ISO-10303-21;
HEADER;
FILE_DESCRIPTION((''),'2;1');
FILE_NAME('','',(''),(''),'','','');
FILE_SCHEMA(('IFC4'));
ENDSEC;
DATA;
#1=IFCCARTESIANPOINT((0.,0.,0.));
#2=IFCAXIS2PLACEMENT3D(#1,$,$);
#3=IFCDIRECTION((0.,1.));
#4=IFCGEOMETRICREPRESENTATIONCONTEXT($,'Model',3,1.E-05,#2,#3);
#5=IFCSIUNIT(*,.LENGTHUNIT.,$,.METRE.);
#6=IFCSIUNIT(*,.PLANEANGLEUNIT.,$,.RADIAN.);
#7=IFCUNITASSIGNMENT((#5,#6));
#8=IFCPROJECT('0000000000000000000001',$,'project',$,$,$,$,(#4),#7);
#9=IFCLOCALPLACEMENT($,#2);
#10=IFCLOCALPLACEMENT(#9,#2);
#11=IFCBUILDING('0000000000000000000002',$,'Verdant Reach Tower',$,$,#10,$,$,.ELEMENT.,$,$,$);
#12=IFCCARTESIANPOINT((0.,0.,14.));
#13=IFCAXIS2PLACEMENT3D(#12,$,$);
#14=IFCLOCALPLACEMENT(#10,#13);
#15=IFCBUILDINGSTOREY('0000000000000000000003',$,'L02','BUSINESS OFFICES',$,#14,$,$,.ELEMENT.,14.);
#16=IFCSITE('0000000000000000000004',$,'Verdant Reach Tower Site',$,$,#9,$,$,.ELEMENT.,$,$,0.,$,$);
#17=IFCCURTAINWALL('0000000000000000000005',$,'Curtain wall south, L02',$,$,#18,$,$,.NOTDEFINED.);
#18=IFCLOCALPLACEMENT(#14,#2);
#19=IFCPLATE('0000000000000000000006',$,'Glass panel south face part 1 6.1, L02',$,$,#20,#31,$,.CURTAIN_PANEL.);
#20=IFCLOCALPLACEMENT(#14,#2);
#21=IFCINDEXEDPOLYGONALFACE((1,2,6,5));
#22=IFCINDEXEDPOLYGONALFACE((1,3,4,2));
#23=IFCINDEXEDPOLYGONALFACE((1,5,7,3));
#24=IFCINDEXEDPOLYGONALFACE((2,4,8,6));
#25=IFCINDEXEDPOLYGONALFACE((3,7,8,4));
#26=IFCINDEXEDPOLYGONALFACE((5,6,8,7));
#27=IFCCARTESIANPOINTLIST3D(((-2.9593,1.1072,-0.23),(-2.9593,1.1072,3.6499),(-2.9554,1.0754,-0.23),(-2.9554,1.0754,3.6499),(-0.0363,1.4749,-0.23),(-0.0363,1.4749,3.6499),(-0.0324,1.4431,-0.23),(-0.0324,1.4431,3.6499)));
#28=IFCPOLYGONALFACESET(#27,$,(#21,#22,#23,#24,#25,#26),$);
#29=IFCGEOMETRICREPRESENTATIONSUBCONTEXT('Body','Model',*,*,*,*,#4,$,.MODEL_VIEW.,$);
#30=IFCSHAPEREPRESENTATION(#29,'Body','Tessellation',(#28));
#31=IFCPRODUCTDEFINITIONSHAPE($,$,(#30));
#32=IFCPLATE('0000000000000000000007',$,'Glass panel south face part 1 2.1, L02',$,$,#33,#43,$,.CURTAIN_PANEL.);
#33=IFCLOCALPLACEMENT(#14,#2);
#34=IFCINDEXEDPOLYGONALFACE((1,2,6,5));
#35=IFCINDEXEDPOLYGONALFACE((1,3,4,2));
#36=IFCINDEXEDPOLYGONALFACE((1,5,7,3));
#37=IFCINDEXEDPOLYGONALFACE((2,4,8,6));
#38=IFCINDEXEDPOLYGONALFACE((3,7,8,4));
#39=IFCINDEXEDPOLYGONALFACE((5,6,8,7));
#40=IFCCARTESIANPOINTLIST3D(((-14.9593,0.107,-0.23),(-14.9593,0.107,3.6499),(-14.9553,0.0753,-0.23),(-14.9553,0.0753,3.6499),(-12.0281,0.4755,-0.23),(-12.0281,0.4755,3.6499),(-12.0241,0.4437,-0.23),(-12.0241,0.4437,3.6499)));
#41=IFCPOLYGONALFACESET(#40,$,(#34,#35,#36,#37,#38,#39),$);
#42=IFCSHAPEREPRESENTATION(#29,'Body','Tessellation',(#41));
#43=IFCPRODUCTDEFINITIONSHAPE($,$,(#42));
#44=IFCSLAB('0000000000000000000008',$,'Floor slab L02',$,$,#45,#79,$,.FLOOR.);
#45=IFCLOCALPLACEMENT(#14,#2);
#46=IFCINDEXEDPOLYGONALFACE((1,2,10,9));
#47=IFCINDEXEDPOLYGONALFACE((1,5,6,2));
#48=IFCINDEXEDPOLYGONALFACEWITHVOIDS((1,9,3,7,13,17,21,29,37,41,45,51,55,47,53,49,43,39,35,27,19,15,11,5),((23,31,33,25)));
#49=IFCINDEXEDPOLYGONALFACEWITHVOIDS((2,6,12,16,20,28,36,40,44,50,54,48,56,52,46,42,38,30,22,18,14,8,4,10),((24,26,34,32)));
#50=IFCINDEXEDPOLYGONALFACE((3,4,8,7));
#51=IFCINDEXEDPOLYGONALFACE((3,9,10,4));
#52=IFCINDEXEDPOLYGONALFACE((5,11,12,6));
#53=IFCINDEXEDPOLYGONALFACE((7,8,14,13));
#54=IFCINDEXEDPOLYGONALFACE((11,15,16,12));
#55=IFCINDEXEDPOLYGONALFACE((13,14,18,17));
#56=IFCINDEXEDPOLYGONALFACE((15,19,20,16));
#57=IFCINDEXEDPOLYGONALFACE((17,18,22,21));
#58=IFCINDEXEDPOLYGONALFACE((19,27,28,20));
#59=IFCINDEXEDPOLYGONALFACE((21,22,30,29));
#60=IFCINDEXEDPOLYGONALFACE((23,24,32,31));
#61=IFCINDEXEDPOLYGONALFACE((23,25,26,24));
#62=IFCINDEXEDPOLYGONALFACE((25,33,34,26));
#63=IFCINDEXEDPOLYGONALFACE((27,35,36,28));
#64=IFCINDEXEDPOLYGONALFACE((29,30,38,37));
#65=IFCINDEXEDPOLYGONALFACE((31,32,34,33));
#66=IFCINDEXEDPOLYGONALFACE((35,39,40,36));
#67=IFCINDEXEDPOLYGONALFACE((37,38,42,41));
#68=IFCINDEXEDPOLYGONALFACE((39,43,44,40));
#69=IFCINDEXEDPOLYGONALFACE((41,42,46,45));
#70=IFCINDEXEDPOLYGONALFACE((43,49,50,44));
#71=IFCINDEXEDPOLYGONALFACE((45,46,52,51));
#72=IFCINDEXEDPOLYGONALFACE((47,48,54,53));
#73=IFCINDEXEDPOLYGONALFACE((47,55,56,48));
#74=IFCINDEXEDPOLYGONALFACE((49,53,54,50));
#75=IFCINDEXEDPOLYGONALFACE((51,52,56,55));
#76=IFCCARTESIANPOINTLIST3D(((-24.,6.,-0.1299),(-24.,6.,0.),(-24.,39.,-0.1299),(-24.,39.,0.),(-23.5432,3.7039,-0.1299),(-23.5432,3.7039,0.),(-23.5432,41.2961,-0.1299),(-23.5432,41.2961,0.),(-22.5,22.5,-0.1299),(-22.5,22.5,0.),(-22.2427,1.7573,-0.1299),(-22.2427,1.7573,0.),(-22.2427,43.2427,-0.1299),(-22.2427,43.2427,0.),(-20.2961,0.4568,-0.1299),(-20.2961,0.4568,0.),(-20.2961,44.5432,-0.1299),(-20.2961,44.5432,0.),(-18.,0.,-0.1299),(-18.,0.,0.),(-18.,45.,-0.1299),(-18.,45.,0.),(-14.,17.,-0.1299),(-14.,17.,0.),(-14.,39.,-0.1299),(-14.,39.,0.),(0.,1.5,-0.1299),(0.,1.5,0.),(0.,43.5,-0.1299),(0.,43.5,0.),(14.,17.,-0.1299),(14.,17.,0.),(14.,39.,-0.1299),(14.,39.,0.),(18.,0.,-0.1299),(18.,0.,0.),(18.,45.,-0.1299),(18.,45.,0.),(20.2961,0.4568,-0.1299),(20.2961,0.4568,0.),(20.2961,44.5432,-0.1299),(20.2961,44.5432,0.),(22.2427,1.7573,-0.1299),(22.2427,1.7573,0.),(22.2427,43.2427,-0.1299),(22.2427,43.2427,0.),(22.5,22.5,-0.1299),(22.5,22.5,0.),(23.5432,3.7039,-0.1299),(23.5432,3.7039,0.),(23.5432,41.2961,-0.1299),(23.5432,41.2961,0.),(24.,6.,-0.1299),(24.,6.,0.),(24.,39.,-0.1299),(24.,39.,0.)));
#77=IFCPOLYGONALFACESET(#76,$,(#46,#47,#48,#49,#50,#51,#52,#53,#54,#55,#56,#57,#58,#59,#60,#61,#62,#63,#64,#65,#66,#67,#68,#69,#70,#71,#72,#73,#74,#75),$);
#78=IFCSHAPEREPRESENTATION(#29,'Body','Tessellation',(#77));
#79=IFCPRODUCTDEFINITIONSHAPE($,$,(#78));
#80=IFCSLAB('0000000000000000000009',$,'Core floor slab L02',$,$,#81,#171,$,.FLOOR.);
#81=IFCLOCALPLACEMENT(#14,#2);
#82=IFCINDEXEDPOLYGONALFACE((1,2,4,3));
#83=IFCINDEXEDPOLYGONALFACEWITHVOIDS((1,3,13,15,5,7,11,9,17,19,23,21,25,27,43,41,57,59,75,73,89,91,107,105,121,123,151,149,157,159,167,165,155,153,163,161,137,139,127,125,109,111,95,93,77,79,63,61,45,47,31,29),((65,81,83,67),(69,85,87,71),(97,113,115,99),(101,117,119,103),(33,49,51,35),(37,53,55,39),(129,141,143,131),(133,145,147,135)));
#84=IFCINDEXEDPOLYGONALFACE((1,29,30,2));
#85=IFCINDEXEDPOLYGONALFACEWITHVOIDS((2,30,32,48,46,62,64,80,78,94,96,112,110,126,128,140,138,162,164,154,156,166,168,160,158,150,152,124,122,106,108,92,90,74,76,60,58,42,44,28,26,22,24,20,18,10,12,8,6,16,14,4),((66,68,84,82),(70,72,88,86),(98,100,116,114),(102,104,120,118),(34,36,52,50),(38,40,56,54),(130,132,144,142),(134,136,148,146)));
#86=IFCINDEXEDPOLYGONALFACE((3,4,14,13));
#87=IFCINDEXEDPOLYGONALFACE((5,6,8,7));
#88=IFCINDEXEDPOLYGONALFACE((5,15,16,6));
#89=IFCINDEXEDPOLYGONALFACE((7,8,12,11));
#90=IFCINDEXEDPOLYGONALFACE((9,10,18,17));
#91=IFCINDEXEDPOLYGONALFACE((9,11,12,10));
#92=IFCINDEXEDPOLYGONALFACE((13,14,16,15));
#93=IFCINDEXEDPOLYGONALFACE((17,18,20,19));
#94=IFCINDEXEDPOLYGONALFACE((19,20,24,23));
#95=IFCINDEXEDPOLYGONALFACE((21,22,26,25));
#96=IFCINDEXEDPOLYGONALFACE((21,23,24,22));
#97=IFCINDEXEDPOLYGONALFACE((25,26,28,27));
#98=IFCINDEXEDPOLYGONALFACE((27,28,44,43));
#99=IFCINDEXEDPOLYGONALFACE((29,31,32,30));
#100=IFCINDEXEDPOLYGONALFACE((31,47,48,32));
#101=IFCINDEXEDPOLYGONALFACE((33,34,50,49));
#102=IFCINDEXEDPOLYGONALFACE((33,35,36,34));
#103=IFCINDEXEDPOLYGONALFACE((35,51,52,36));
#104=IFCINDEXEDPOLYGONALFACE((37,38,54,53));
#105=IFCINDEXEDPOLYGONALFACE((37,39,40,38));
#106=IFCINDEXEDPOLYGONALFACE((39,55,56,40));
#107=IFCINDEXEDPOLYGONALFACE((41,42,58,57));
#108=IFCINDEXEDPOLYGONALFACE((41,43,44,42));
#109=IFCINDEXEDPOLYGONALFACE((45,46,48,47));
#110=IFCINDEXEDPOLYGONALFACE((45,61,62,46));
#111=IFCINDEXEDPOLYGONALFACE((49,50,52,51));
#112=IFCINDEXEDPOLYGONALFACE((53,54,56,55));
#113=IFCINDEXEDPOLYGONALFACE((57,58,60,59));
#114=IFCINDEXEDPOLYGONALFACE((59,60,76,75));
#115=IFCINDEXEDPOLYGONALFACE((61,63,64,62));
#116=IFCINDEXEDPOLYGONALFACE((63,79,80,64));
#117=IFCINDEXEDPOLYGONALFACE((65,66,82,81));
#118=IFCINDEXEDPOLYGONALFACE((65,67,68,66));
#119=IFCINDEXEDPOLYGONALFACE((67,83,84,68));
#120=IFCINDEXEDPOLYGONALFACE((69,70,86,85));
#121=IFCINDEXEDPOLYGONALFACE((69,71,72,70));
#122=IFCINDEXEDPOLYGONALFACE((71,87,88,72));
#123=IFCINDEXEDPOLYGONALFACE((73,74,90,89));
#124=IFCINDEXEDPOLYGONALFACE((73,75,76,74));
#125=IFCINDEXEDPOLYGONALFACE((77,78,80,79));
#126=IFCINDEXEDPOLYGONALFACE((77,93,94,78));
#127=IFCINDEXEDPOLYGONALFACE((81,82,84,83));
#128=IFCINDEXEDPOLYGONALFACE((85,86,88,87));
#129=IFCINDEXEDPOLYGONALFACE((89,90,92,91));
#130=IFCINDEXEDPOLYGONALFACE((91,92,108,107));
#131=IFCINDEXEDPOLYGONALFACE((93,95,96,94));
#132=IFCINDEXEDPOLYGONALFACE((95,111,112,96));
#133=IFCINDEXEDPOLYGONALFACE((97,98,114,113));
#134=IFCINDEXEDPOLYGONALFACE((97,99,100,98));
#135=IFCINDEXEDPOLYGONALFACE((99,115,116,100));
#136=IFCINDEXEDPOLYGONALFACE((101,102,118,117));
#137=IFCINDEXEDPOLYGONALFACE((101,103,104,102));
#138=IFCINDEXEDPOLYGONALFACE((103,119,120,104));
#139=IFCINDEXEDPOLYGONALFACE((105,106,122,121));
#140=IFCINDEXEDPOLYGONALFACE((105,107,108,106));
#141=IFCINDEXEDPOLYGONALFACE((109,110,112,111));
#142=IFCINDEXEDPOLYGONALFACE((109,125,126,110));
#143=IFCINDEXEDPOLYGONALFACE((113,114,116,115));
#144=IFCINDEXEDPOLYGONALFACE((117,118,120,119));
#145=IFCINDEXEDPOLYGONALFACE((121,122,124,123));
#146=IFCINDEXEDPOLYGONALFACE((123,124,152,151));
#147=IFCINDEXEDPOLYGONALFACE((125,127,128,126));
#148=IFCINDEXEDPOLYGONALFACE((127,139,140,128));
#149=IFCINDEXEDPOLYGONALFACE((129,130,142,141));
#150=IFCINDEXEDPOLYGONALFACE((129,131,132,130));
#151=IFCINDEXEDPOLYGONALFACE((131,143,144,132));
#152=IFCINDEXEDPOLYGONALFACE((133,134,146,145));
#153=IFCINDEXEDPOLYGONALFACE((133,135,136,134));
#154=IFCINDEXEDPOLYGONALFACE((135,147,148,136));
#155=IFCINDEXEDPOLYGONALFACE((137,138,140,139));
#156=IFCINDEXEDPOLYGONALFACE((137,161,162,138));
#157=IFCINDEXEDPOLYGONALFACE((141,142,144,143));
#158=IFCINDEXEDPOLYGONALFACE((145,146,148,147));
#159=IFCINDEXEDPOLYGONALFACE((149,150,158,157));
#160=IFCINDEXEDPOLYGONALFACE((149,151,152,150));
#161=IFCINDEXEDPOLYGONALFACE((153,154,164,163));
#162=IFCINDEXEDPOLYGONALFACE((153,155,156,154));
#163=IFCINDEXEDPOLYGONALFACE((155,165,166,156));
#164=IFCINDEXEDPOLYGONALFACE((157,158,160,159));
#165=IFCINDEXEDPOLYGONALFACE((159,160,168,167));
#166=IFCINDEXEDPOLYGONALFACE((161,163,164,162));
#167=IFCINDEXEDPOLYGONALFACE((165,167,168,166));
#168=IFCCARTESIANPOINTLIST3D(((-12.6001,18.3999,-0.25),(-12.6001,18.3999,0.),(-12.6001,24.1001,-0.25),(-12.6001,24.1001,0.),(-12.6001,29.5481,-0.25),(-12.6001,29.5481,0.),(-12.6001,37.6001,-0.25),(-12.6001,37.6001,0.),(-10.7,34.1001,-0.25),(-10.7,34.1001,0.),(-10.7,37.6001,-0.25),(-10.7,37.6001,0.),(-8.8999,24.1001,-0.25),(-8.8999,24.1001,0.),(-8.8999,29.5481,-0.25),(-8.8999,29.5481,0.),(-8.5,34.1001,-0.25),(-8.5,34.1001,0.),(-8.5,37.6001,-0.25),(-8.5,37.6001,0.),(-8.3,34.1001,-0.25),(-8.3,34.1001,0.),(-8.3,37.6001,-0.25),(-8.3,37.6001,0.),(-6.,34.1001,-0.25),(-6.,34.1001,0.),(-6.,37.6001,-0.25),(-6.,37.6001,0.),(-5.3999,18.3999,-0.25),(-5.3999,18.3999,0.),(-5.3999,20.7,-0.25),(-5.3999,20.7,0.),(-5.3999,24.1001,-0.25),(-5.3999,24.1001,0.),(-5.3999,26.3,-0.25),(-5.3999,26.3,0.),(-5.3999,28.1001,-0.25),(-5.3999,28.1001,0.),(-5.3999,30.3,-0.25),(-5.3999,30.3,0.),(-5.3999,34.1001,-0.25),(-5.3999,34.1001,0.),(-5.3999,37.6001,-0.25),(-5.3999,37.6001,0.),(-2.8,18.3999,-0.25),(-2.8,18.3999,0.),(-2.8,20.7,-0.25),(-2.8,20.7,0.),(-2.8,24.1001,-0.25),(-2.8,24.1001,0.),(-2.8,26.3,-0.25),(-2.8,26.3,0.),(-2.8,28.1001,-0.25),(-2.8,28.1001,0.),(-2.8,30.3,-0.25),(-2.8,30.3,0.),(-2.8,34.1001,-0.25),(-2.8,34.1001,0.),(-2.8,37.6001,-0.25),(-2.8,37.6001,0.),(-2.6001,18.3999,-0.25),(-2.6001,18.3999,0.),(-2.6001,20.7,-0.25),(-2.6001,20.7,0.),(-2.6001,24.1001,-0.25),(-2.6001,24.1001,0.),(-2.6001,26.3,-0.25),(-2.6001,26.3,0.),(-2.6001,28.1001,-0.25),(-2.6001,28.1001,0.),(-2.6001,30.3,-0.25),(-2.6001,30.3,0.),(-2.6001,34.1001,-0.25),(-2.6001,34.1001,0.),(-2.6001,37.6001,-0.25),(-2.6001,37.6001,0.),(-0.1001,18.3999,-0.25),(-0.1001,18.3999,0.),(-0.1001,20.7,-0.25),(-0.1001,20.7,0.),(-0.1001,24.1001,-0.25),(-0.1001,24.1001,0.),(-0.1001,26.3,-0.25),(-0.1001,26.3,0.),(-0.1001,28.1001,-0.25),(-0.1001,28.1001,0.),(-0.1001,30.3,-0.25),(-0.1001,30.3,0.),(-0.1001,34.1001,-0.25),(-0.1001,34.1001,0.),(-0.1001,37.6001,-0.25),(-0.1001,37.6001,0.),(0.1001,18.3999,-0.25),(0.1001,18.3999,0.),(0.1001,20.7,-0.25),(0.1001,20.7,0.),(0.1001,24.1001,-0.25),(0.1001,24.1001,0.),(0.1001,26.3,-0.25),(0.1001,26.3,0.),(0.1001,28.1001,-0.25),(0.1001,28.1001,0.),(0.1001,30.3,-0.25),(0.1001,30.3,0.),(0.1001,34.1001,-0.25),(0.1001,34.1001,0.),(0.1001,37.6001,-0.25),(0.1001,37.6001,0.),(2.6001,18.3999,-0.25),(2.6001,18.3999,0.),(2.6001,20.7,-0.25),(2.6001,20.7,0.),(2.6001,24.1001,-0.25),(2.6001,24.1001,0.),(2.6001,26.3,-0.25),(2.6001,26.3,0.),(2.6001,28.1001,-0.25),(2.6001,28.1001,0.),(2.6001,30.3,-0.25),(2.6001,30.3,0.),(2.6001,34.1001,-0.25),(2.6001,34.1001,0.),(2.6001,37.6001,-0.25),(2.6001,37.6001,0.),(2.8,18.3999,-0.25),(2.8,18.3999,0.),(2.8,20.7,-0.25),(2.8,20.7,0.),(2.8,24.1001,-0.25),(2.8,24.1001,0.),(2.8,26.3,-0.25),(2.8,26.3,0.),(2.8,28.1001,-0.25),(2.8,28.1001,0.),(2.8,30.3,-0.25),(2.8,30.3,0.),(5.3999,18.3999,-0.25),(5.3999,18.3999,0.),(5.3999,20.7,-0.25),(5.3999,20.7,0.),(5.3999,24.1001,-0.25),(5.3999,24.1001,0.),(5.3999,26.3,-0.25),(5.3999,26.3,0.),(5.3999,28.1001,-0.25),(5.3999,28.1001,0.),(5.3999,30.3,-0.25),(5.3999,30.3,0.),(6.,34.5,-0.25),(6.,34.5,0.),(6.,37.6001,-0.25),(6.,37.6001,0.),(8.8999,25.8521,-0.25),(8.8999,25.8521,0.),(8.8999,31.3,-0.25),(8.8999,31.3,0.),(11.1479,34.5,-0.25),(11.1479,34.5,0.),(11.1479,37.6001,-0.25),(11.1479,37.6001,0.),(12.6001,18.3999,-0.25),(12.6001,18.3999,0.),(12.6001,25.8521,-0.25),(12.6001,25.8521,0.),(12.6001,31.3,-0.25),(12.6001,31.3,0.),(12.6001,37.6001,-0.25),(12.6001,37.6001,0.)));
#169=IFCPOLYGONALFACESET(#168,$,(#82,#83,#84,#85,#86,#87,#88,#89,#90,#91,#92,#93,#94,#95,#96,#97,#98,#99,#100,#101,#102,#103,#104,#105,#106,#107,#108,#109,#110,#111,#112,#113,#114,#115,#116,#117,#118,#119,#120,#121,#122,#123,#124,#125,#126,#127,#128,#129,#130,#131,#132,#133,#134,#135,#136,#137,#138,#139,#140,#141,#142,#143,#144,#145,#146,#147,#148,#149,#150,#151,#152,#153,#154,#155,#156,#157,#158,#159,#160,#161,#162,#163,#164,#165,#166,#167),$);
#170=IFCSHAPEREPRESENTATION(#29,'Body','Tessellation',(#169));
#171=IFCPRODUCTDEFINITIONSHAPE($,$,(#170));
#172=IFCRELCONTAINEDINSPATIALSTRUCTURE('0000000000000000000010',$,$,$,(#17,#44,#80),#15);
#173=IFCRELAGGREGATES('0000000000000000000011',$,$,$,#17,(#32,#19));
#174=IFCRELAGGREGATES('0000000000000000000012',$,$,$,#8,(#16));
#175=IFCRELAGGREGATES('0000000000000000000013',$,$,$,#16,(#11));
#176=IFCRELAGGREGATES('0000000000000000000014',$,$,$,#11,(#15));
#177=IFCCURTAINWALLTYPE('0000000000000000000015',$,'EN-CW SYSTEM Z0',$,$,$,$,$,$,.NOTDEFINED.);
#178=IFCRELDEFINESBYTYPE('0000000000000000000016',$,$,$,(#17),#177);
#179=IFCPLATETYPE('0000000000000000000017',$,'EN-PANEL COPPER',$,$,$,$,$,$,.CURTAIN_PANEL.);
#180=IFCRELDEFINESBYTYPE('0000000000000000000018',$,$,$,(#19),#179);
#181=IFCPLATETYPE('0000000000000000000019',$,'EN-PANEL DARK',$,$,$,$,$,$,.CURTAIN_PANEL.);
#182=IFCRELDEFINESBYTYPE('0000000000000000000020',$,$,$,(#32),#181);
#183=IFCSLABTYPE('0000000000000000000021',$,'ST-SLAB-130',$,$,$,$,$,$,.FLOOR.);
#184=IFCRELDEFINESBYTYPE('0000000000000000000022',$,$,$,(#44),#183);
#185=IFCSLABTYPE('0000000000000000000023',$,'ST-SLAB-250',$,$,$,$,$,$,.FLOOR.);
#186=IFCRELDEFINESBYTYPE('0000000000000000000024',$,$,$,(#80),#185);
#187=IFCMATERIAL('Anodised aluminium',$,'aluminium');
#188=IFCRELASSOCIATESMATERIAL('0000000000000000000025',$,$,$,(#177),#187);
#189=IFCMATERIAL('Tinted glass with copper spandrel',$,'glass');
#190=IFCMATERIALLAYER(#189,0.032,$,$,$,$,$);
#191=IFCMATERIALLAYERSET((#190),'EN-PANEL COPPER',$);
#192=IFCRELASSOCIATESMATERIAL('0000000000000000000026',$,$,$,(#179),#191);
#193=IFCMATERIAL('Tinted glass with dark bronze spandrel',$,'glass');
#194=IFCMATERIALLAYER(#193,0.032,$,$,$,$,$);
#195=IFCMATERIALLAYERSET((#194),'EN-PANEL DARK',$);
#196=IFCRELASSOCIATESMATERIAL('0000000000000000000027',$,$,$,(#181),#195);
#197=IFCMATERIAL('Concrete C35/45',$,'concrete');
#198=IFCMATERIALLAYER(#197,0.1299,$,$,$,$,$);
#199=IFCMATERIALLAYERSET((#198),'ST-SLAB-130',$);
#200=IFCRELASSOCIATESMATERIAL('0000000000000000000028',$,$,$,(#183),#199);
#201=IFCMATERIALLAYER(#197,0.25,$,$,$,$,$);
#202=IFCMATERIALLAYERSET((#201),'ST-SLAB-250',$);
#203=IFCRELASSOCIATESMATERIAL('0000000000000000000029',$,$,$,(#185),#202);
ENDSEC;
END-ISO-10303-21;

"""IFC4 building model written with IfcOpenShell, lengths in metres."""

from ifc_helpers import new_model, si_unit, direction, frame, origin, origin_2d, place, context, subcontext, project, spatial, polyline, rectangle, outline, extrude, material, layer, layer_set, type_object, element, aggregate, save


model = new_model("IFC4")

# Units and contexts
model_context = context("Model", 3, precision=1e-05, world=origin(), true_north=direction((0.0, 1.0)))
body_context = subcontext(model_context, "Body", "Model", "MODEL_VIEW")
ifc_project = project(units=[si_unit("LENGTHUNIT", "METRE"), si_unit("PLANEANGLEUNIT", "RADIAN")], contexts=[model_context])

# Site, building, storey
site_placement = place(None, origin())
site = spatial("IfcSite", under=ifc_project, at=site_placement, Name="Verdant Reach Tower Site", CompositionType="ELEMENT", RefElevation=0.0)
building_placement = place(site_placement, origin())
building = spatial("IfcBuilding", under=site, at=building_placement, Name="Verdant Reach Tower", CompositionType="ELEMENT")
storey_placement = place(building_placement, frame((0.0, 0.0, 14.0)))
storey = spatial("IfcBuildingStorey", under=building, at=storey_placement, Name="L02", Description="BUSINESS OFFICES", CompositionType="ELEMENT", Elevation=14.0)

# Curtain wall
ifc_material_1 = material(Name="Anodised aluminium", Category="aluminium")
curtain_wall_type = type_object("IfcCurtainWallType", Name="EN-CW SYSTEM Z0", PredefinedType="NOTDEFINED", material=ifc_material_1)
curtain_wall_placement = place(storey_placement, origin())
curtain_wall = element("IfcCurtainWall", 1, at=curtain_wall_placement, inside=storey, type_object=curtain_wall_type, Name="Curtain wall south, L02", PredefinedType="NOTDEFINED")

# Plates
ifc_material_2 = material(Name="Tinted glass with copper spandrel", Category="glass")
ifc_layer_1 = layer(ifc_material_2, 0.032)
ifc_layer_set_1 = layer_set([ifc_layer_1], Name="EN-PANEL COPPER")
plate_type_1 = type_object("IfcPlateType", Name="EN-PANEL COPPER", PredefinedType="CURTAIN_PANEL", material=ifc_layer_set_1)
plate_1_placement = place(storey_placement, frame((-1.4958, 1.2751, -0.23), z_axis=(0.0, 0.0, 1.0), x_axis=(0.99218, 0.124818, 0.0)))
plate_1 = element("IfcPlate", 2, at=plate_1_placement, type_object=plate_type_1, Name="Glass panel south face part 1 6.1, L02", PredefinedType="CURTAIN_PANEL", context=body_context, shape_type="SweptSolid", body=[
    extrude(rectangle(XDim=2.946, YDim=0.032, at=origin_2d()), origin(), (0.0, 0.0, 1.0), 3.8799),
])
ifc_material_3 = material(Name="Tinted glass with dark bronze spandrel", Category="glass")
ifc_layer_2 = layer(ifc_material_3, 0.032)
ifc_layer_set_2 = layer_set([ifc_layer_2], Name="EN-PANEL DARK")
plate_type_2 = type_object("IfcPlateType", Name="EN-PANEL DARK", PredefinedType="CURTAIN_PANEL", material=ifc_layer_set_2)
plate_2_placement = place(storey_placement, frame((-13.4917, 0.2754, -0.23), z_axis=(0.0, 0.0, 1.0), x_axis=(0.992194, 0.124704, 0.0)))
plate_2 = element("IfcPlate", 3, at=plate_2_placement, type_object=plate_type_2, Name="Glass panel south face part 1 2.1, L02", PredefinedType="CURTAIN_PANEL", context=body_context, shape_type="SweptSolid", body=[
    extrude(rectangle(XDim=2.9543, YDim=0.032, at=origin_2d()), origin(), (0.0, 0.0, 1.0), 3.8799),
])
aggregate(curtain_wall, [plate_2, plate_1])

# Slabs
ifc_material_4 = material(Name="Concrete C35/45", Category="concrete")
ifc_layer_3 = layer(ifc_material_4, 0.1299)
ifc_layer_set_3 = layer_set([ifc_layer_3], Name="ST-SLAB-130")
slab_type_1 = type_object("IfcSlabType", Name="ST-SLAB-130", PredefinedType="FLOOR", material=ifc_layer_set_3)
slab_1_placement = place(storey_placement, frame((0.0, 0.0, -0.1299)))
element("IfcSlab", 4, at=slab_1_placement, inside=storey, type_object=slab_type_1, Name="Floor slab L02", PredefinedType="FLOOR", context=body_context, shape_type="SweptSolid", body=[
    extrude(outline(polyline([(0.0, 1.5), (-18.0, 0.0), (-20.2961, 0.4568), (-22.2427, 1.7573), (-23.5432, 3.7039), (-24.0, 6.0), (-22.5, 22.5), (-24.0, 39.0), (-23.5432, 41.2961), (-22.2427, 43.2427), (-20.2961, 44.5432), (-18.0, 45.0), (0.0, 43.5), (18.0, 45.0), (20.2961, 44.5432), (22.2427, 43.2427), (23.5432, 41.2961), (24.0, 39.0), (22.5, 22.5), (24.0, 6.0), (23.5432, 3.7039), (22.2427, 1.7573), (20.2961, 0.4568), (18.0, 0.0), (0.0, 1.5)]), holes=[polyline([(14.0, 39.0), (-14.0, 39.0), (-14.0, 17.0), (14.0, 17.0), (14.0, 39.0)])]), origin(), (0.0, 0.0, 1.0), 0.1299),
])
ifc_layer_4 = layer(ifc_material_4, 0.25)
ifc_layer_set_4 = layer_set([ifc_layer_4], Name="ST-SLAB-250")
slab_type_2 = type_object("IfcSlabType", Name="ST-SLAB-250", PredefinedType="FLOOR", material=ifc_layer_set_4)
slab_2_placement = place(storey_placement, frame((0.0, 0.0, -0.25)))
element("IfcSlab", 5, at=slab_2_placement, inside=storey, type_object=slab_type_2, Name="Core floor slab L02", PredefinedType="FLOOR", context=body_context, shape_type="SweptSolid", body=[
    extrude(outline(polyline([(12.6001, 18.3999), (5.3999, 18.3999), (5.3999, 20.7), (2.8, 20.7), (2.8, 18.3999), (2.6001, 18.3999), (2.6001, 20.7), (0.1001, 20.7), (0.1001, 18.3999), (-0.1001, 18.3999), (-0.1001, 20.7), (-2.6001, 20.7), (-2.6001, 18.3999), (-2.8, 18.3999), (-2.8, 20.7), (-5.3999, 20.7), (-5.3999, 18.3999), (-12.6001, 18.3999), (-12.6001, 24.1001), (-8.8999, 24.1001), (-8.8999, 29.5481), (-12.6001, 29.5481), (-12.6001, 37.6001), (-10.7, 37.6001), (-10.7, 34.1001), (-8.5, 34.1001), (-8.5, 37.6001), (-8.3, 37.6001), (-8.3, 34.1001), (-6.0, 34.1001), (-6.0, 37.6001), (-5.3999, 37.6001), (-5.3999, 34.1001), (-2.8, 34.1001), (-2.8, 37.6001), (-2.6001, 37.6001), (-2.6001, 34.1001), (-0.1001, 34.1001), (-0.1001, 37.6001), (0.1001, 37.6001), (0.1001, 34.1001), (2.6001, 34.1001), (2.6001, 37.6001), (6.0, 37.6001), (6.0, 34.5), (11.1479, 34.5), (11.1479, 37.6001), (12.6001, 37.6001), (12.6001, 31.3), (8.8999, 31.3), (8.8999, 25.8521), (12.6001, 25.8521), (12.6001, 18.3999)]), holes=[polyline([(-2.8, 24.1001), (-2.8, 26.3), (-5.3999, 26.3), (-5.3999, 24.1001), (-2.8, 24.1001)]), polyline([(-2.6001, 24.1001), (-0.1001, 24.1001), (-0.1001, 26.3), (-2.6001, 26.3), (-2.6001, 24.1001)]), polyline([(-2.8, 28.1001), (-2.8, 30.3), (-5.3999, 30.3), (-5.3999, 28.1001), (-2.8, 28.1001)]), polyline([(-0.1001, 28.1001), (-0.1001, 30.3), (-2.6001, 30.3), (-2.6001, 28.1001), (-0.1001, 28.1001)]), polyline([(2.6001, 24.1001), (2.6001, 26.3), (0.1001, 26.3), (0.1001, 24.1001), (2.6001, 24.1001)]), polyline([(2.8, 24.1001), (5.3999, 24.1001), (5.3999, 26.3), (2.8, 26.3), (2.8, 24.1001)]), polyline([(2.6001, 28.1001), (2.6001, 30.3), (0.1001, 30.3), (0.1001, 28.1001), (2.6001, 28.1001)]), polyline([(5.3999, 28.1001), (5.3999, 30.3), (2.8, 30.3), (2.8, 28.1001), (5.3999, 28.1001)])]), origin(), (0.0, 0.0, 1.0), 0.25),
])

save(model, "model.ifc")
